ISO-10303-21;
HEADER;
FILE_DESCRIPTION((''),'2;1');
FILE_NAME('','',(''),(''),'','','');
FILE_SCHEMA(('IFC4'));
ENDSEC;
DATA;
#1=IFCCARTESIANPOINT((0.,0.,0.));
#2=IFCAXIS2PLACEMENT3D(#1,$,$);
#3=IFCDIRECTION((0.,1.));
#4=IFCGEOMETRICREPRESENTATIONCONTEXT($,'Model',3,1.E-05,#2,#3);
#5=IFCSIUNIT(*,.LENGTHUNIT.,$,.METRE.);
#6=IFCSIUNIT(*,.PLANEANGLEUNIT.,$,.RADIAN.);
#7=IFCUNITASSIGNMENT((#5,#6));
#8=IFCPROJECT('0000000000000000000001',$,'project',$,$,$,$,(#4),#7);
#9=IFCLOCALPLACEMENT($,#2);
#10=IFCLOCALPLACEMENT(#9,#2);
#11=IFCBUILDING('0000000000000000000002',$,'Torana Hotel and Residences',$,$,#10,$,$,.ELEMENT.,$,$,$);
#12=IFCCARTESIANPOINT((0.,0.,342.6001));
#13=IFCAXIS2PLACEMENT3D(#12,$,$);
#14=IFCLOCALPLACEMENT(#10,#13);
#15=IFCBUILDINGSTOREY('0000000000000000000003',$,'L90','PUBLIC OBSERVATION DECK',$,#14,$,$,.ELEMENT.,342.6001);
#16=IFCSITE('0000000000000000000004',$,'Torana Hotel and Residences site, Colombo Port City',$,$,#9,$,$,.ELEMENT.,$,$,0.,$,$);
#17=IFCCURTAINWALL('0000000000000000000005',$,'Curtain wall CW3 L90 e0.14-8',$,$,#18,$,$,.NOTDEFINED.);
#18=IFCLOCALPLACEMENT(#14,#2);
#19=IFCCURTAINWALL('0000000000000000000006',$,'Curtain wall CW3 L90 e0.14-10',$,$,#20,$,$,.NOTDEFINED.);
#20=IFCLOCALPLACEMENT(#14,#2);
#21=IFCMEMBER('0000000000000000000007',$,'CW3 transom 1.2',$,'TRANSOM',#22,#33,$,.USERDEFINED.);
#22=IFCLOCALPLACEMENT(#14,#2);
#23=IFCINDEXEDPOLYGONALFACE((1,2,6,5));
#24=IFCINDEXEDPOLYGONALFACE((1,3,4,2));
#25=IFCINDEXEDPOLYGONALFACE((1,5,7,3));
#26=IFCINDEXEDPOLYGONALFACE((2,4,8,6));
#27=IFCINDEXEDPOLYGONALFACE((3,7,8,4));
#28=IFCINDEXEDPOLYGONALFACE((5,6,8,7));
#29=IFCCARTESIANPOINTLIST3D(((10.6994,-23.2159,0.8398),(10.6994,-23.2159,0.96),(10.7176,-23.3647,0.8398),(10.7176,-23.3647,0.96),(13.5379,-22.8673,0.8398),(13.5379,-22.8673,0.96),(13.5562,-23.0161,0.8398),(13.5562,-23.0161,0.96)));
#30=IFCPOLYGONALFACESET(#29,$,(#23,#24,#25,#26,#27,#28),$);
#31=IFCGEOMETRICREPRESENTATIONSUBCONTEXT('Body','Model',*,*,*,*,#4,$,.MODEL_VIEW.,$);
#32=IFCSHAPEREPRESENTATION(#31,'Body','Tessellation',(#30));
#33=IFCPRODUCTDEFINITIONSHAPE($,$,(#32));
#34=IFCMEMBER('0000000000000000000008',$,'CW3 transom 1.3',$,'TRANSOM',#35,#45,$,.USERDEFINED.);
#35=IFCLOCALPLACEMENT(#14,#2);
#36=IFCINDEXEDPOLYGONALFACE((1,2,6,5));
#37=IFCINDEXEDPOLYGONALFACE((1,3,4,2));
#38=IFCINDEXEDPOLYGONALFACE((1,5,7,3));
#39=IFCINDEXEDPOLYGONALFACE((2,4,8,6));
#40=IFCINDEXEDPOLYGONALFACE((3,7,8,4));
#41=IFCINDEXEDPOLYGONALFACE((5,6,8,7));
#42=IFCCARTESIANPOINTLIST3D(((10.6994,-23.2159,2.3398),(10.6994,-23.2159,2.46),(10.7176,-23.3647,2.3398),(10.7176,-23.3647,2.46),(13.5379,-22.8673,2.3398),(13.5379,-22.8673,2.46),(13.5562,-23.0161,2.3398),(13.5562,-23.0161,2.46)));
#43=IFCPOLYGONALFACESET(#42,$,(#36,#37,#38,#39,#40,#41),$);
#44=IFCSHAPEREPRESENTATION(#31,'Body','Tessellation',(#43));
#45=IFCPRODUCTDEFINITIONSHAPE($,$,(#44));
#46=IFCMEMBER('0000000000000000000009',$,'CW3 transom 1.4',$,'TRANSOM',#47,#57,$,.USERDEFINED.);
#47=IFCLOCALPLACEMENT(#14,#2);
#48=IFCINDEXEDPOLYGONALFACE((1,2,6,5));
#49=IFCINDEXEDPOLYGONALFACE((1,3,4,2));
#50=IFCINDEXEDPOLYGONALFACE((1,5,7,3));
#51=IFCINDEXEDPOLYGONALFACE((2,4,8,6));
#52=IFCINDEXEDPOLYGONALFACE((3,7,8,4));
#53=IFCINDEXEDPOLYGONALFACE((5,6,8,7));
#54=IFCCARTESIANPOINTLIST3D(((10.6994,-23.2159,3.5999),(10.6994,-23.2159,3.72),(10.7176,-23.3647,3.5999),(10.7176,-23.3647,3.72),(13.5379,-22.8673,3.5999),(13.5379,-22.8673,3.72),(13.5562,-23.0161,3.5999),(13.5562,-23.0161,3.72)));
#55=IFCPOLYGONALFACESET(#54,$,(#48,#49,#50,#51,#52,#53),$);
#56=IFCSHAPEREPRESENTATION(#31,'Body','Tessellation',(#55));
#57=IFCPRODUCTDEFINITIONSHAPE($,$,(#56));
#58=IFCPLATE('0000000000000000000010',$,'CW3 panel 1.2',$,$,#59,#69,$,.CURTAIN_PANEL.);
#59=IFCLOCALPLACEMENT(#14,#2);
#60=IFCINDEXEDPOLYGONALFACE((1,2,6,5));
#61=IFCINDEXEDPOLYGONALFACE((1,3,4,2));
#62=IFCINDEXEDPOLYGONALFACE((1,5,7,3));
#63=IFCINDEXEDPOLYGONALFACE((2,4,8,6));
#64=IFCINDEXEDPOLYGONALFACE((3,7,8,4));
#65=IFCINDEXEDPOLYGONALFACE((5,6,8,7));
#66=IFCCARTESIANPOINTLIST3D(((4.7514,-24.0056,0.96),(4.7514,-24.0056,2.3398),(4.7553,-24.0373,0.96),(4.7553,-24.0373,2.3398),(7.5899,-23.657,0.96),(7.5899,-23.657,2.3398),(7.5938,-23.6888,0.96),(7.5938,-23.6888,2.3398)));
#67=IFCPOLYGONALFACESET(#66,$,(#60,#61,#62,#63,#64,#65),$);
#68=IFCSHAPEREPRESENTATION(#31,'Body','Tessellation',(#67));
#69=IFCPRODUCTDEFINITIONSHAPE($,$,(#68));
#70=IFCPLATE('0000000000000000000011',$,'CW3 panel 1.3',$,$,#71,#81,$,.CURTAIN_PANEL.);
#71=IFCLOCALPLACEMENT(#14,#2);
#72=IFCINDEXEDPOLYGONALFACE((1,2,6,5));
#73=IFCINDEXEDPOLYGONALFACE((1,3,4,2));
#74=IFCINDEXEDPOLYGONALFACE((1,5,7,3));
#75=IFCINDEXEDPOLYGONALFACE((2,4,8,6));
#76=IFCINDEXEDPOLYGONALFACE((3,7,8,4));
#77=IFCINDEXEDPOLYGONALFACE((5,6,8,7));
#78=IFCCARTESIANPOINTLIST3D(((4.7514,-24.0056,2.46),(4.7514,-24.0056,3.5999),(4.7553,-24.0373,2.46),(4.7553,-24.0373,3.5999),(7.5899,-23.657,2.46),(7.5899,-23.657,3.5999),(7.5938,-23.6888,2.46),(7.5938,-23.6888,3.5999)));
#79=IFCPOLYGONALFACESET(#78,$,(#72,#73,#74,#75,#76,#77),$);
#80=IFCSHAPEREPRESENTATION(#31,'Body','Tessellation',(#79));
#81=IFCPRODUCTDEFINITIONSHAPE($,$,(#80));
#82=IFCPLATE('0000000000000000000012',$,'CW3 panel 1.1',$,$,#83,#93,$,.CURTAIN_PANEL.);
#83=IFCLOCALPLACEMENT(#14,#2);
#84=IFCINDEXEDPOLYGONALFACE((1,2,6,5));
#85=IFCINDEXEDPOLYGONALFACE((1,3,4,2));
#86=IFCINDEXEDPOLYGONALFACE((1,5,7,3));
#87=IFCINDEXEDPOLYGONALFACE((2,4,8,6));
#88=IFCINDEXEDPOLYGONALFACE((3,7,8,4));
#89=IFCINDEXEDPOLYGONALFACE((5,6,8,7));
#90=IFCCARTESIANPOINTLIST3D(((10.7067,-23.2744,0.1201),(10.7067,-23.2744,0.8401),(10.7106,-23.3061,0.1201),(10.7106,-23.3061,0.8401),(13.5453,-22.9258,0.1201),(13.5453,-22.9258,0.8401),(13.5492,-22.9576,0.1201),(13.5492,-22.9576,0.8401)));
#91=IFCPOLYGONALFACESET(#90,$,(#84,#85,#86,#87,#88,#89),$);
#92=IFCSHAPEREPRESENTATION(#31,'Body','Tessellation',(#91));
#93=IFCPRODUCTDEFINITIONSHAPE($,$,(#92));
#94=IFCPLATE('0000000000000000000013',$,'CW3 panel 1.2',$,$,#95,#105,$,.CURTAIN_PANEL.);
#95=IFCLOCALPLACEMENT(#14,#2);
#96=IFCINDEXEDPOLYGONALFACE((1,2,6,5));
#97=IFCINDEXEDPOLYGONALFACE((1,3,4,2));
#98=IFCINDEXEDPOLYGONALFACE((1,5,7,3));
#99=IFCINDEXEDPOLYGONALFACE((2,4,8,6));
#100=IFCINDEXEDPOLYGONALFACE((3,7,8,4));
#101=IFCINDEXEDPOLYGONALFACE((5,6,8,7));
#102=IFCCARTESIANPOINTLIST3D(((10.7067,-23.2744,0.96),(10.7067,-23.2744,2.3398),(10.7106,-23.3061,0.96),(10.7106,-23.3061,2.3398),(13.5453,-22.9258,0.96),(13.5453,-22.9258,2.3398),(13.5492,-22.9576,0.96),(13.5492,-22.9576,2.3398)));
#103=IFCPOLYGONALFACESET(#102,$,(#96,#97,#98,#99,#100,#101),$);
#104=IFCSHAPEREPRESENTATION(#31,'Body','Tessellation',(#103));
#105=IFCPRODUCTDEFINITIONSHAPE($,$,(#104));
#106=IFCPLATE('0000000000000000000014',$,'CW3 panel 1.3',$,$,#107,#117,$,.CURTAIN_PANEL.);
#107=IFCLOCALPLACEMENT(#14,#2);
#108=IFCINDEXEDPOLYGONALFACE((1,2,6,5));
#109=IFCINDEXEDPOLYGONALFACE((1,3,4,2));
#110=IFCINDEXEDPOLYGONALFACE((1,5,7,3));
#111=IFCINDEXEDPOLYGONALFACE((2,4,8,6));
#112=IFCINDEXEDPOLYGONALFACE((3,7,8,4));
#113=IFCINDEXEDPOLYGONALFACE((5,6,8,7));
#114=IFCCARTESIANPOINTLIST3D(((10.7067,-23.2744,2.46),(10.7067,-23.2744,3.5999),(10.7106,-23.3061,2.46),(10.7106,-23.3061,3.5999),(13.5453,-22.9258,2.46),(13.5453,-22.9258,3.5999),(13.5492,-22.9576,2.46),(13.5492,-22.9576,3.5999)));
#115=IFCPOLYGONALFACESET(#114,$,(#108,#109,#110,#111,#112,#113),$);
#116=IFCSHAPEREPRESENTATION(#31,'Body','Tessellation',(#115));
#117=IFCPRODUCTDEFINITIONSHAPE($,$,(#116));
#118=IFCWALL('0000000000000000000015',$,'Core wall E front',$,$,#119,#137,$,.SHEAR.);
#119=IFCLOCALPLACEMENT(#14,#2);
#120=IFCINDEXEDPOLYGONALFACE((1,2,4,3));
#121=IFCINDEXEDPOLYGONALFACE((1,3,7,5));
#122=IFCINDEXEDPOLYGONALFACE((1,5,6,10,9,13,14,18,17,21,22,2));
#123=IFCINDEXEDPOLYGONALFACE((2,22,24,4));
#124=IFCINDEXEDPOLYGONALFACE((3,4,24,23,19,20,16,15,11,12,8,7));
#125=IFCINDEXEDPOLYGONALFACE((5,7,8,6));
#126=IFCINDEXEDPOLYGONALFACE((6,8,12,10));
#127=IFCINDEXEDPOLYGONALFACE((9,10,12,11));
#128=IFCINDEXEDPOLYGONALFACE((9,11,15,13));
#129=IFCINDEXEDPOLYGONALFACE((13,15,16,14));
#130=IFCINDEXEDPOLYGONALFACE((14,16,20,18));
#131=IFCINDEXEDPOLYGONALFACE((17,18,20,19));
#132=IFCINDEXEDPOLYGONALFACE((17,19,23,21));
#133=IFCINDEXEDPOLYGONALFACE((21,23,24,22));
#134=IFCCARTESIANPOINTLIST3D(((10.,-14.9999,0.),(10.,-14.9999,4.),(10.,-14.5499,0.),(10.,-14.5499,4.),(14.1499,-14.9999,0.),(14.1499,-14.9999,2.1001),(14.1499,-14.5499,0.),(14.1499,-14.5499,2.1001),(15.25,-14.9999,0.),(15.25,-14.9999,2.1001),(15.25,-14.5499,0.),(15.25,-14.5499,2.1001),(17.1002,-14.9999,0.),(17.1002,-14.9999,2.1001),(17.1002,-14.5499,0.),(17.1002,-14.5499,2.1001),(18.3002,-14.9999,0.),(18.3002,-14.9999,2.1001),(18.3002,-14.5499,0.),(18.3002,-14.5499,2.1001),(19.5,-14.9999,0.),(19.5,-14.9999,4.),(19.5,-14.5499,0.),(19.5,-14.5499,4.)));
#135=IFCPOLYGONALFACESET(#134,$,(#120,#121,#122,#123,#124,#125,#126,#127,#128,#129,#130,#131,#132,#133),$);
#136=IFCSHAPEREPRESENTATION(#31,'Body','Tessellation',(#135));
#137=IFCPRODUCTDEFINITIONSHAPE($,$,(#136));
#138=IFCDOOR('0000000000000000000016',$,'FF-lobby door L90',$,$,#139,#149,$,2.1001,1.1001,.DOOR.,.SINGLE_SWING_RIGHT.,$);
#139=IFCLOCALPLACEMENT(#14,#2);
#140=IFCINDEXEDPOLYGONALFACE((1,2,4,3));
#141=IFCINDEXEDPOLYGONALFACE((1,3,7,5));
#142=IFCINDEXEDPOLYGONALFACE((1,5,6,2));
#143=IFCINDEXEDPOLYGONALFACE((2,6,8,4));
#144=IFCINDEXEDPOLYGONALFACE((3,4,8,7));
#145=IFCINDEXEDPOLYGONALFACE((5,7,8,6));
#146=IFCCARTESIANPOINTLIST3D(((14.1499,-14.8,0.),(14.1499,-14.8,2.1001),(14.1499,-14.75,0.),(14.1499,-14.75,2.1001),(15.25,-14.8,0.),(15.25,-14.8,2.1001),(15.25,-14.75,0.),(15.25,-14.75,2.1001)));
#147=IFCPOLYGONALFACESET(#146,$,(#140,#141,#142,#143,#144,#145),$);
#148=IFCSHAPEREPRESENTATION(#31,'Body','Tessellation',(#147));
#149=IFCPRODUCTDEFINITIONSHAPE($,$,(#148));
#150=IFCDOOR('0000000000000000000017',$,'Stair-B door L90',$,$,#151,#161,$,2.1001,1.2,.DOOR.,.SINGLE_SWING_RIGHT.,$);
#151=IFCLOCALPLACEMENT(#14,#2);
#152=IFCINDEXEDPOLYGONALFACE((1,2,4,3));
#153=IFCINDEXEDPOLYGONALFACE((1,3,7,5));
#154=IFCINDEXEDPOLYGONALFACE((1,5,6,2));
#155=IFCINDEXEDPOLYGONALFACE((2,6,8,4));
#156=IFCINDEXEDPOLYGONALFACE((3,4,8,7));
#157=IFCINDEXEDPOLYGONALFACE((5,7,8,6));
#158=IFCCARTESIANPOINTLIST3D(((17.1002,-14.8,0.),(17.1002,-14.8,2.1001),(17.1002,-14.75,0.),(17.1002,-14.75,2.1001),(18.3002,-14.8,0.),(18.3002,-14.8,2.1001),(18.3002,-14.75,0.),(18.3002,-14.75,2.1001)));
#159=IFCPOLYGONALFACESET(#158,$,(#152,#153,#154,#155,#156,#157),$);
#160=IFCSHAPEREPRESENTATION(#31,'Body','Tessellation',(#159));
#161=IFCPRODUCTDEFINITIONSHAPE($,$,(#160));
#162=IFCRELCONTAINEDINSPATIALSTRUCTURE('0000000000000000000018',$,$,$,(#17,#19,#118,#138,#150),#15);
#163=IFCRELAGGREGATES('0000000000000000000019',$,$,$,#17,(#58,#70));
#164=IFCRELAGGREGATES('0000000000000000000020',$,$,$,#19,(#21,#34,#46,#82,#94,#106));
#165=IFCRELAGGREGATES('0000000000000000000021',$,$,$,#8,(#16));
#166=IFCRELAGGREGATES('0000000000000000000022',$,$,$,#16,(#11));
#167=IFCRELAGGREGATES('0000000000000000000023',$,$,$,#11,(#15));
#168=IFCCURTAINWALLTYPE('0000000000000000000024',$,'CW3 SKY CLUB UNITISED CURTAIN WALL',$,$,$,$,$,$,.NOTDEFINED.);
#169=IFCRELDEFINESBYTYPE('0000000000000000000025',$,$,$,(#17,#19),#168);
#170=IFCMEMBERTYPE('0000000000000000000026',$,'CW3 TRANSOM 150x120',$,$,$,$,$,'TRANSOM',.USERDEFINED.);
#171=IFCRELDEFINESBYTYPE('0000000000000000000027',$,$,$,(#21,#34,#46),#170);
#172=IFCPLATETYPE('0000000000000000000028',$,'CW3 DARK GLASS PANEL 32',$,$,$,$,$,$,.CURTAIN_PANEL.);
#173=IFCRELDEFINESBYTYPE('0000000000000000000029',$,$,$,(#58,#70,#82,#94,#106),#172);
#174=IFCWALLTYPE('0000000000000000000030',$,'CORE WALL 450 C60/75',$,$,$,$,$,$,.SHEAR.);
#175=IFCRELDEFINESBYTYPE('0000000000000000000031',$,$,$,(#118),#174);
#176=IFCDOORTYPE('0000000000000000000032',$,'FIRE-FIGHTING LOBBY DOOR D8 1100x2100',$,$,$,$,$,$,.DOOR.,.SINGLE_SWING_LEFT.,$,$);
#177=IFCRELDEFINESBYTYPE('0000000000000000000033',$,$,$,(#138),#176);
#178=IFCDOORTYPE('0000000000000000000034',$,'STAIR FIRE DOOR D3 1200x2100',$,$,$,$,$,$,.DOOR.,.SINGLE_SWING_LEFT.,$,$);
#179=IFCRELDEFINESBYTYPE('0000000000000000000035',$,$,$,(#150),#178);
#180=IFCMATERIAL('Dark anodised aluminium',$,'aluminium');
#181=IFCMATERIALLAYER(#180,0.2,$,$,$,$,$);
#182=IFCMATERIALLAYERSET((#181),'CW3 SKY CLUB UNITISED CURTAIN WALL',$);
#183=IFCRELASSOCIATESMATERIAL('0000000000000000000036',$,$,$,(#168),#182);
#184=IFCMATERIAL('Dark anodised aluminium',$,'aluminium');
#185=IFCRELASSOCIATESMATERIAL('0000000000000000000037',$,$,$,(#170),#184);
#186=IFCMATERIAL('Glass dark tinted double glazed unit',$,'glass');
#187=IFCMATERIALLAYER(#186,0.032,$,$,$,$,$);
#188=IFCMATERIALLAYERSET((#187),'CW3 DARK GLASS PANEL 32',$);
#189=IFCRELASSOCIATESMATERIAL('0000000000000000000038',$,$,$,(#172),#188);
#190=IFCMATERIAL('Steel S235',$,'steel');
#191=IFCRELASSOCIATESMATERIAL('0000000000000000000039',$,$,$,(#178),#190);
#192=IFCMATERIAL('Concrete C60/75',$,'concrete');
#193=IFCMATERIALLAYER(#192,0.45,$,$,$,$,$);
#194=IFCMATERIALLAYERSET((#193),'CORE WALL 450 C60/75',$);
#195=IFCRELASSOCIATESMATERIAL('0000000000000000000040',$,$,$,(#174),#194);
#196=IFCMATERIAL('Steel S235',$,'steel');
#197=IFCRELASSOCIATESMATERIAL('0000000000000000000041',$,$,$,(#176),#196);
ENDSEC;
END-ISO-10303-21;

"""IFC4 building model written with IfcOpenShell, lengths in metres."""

from ifc_helpers import new_model, si_unit, direction, frame, frame_2d, origin, origin_2d, place, context, subcontext, project, spatial, rectangle, extrude, material, layer, layer_set, material_profile, profile_set, type_object, element, fill, aggregate, save


model = new_model("IFC4")

# Units and contexts
model_context = context("Model", 3, precision=1e-05, world=origin(), true_north=direction((0.0, 1.0)))
body_context = subcontext(model_context, "Body", "Model", "MODEL_VIEW")
ifc_project = project(units=[si_unit("LENGTHUNIT", "METRE"), si_unit("PLANEANGLEUNIT", "RADIAN")], contexts=[model_context])

# Site, building, storey
site_placement = place(None, origin())
site = spatial("IfcSite", under=ifc_project, at=site_placement, Name="Torana Hotel and Residences site, Colombo Port City", CompositionType="ELEMENT", RefElevation=0.0)
building_placement = place(site_placement, origin())
building = spatial("IfcBuilding", under=site, at=building_placement, Name="Torana Hotel and Residences", CompositionType="ELEMENT")
storey_placement = place(building_placement, frame((0.0, 0.0, 342.6001)))
storey = spatial("IfcBuildingStorey", under=building, at=storey_placement, Name="L90", Description="PUBLIC OBSERVATION DECK", CompositionType="ELEMENT", Elevation=342.6001)

# Curtain wall
ifc_material_1 = material(Name="Dark anodised aluminium", Category="aluminium")
ifc_layer_1 = layer(ifc_material_1, 0.2)
ifc_layer_set_1 = layer_set([ifc_layer_1], Name="CW3 SKY CLUB UNITISED CURTAIN WALL")
curtain_wall_type = type_object("IfcCurtainWallType", Name="CW3 SKY CLUB UNITISED CURTAIN WALL", PredefinedType="NOTDEFINED", material=ifc_layer_set_1)
curtain_wall_1_placement = place(storey_placement, origin())
curtain_wall_1 = element("IfcCurtainWall", 1, at=curtain_wall_1_placement, inside=storey, type_object=curtain_wall_type, Name="Curtain wall CW3 L90 e0.14-8", PredefinedType="NOTDEFINED")

# Curtain wall, members
curtain_wall_2_placement = place(storey_placement, origin())
curtain_wall_2 = element("IfcCurtainWall", 2, at=curtain_wall_2_placement, inside=storey, type_object=curtain_wall_type, Name="Curtain wall CW3 L90 e0.14-10", PredefinedType="NOTDEFINED")
ifc_material_2 = material(Name="Dark anodised aluminium", Category="aluminium")
ifc_material_profile_1 = material_profile(ifc_material_2, rectangle(XDim=0.1499, YDim=0.1201, at=origin_2d()), Name="CW3 TRANSOM 150x120")
ifc_profile_set_1 = profile_set([ifc_material_profile_1], Name="Dark anodised aluminium")
member_type_1 = type_object("IfcMemberType", Name="CW3 TRANSOM 150x120", ElementType="TRANSOM", PredefinedType="USERDEFINED", material=ifc_profile_set_1)
member_1_placement = place(storey_placement, frame((10.7085, -23.2903, 0.8999), z_axis=(0.992542, 0.121902, 0.0), x_axis=(-0.121902, 0.992542, 0.0)))
member_1 = element("IfcMember", 3, at=member_1_placement, type_object=member_type_1, Name="CW3 transom 1.2", ObjectType="TRANSOM", PredefinedType="USERDEFINED", context=body_context, shape_type="SweptSolid", body=[
    extrude(rectangle(XDim=0.1499, YDim=0.1201, at=origin_2d()), origin(), (0.0, 0.0, 1.0), 2.8599),
])
member_2_placement = place(storey_placement, frame((10.7085, -23.2903, 2.3999), z_axis=(0.992542, 0.121902, 0.0), x_axis=(-0.121902, 0.992542, 0.0)))
member_2 = element("IfcMember", 4, at=member_2_placement, type_object=member_type_1, Name="CW3 transom 1.3", ObjectType="TRANSOM", PredefinedType="USERDEFINED", context=body_context, shape_type="SweptSolid", body=[
    extrude(rectangle(XDim=0.1499, YDim=0.1201, at=origin_2d()), origin(), (0.0, 0.0, 1.0), 2.8599),
])
member_3_placement = place(storey_placement, frame((10.7085, -23.2903, 3.6599), z_axis=(0.992542, 0.121902, 0.0), x_axis=(-0.121902, 0.992542, 0.0)))
member_3 = element("IfcMember", 5, at=member_3_placement, type_object=member_type_1, Name="CW3 transom 1.4", ObjectType="TRANSOM", PredefinedType="USERDEFINED", context=body_context, shape_type="SweptSolid", body=[
    extrude(rectangle(XDim=0.1499, YDim=0.1201, at=origin_2d()), origin(), (0.0, 0.0, 1.0), 2.8599),
])

# Plates
ifc_material_3 = material(Name="Glass dark tinted double glazed unit", Category="glass")
ifc_layer_2 = layer(ifc_material_3, 0.032)
ifc_layer_set_2 = layer_set([ifc_layer_2], Name="CW3 DARK GLASS PANEL 32")
plate_type = type_object("IfcPlateType", Name="CW3 DARK GLASS PANEL 32", PredefinedType="CURTAIN_PANEL", material=ifc_layer_set_2)
plate_1_placement = place(storey_placement, frame((6.1726, -23.8472, 0.96), z_axis=(0.0, 0.0, 1.0), x_axis=(0.992546, 0.121868, 0.0)))
plate_1 = element("IfcPlate", 6, at=plate_1_placement, type_object=plate_type, Name="CW3 panel 1.2", PredefinedType="CURTAIN_PANEL", context=body_context, shape_type="SweptSolid", body=[
    extrude(rectangle(XDim=2.8599, YDim=0.032, at=origin_2d()), origin(), (0.0, 0.0, 1.0), 1.3799),
])
plate_2_placement = place(storey_placement, frame((6.1726, -23.8472, 2.46), z_axis=(0.0, 0.0, 1.0), x_axis=(0.992546, 0.121868, 0.0)))
plate_2 = element("IfcPlate", 7, at=plate_2_placement, type_object=plate_type, Name="CW3 panel 1.3", PredefinedType="CURTAIN_PANEL", context=body_context, shape_type="SweptSolid", body=[
    extrude(rectangle(XDim=2.8599, YDim=0.032, at=origin_2d()), origin(), (0.0, 0.0, 1.0), 1.1399),
])
aggregate(curtain_wall_1, [plate_1, plate_2])
plate_3_placement = place(storey_placement, frame((12.1279, -23.116, 0.1201), z_axis=(0.0, 0.0, 1.0), x_axis=(0.992546, 0.121868, 0.0)))
plate_3 = element("IfcPlate", 8, at=plate_3_placement, type_object=plate_type, Name="CW3 panel 1.1", PredefinedType="CURTAIN_PANEL", context=body_context, shape_type="SweptSolid", body=[
    extrude(rectangle(XDim=2.8599, YDim=0.032, at=origin_2d()), origin(), (0.0, 0.0, 1.0), 0.72),
])
plate_4_placement = place(storey_placement, frame((12.1279, -23.116, 0.96), z_axis=(0.0, 0.0, 1.0), x_axis=(0.992546, 0.121868, 0.0)))
plate_4 = element("IfcPlate", 9, at=plate_4_placement, type_object=plate_type, Name="CW3 panel 1.2", PredefinedType="CURTAIN_PANEL", context=body_context, shape_type="SweptSolid", body=[
    extrude(rectangle(XDim=2.8599, YDim=0.032, at=origin_2d()), origin(), (0.0, 0.0, 1.0), 1.3799),
])
plate_5_placement = place(storey_placement, frame((12.1279, -23.116, 2.46), z_axis=(0.0, 0.0, 1.0), x_axis=(0.992546, 0.121868, 0.0)))
plate_5 = element("IfcPlate", 10, at=plate_5_placement, type_object=plate_type, Name="CW3 panel 1.3", PredefinedType="CURTAIN_PANEL", context=body_context, shape_type="SweptSolid", body=[
    extrude(rectangle(XDim=2.8599, YDim=0.032, at=origin_2d()), origin(), (0.0, 0.0, 1.0), 1.1399),
])
aggregate(curtain_wall_2, [member_1, member_2, member_3, plate_3, plate_4, plate_5])

# Wall, openings, doors
ifc_material_4 = material(Name="Steel S235", Category="steel")
door_type_1 = type_object("IfcDoorType", Name="STAIR FIRE DOOR D3 1200x2100", OperationType="SINGLE_SWING_LEFT", PredefinedType="DOOR", material=ifc_material_4)
ifc_material_5 = material(Name="Concrete C60/75", Category="concrete")
ifc_layer_3 = layer(ifc_material_5, 0.45)
ifc_layer_set_3 = layer_set([ifc_layer_3], Name="CORE WALL 450 C60/75")
wall_type_1 = type_object("IfcWallType", Name="CORE WALL 450 C60/75", PredefinedType="SHEAR", material=ifc_layer_set_3)
wall_1_placement = place(storey_placement, frame((10.0, -14.7749, 0.0), z_axis=(0.0, 0.0, 1.0), x_axis=(1.0, 0.0, 0.0)))
wall_1 = element("IfcWall", 11, at=wall_1_placement, inside=storey, type_object=wall_type_1, Name="Core wall E front", PredefinedType="SHEAR", context=body_context, shape_type="SweptSolid", body=[
    extrude(rectangle(XDim=9.5, YDim=0.45, at=frame_2d((4.75, 0.0))), origin(), (0.0, 0.0, 1.0), 4.0),
])
opening_1_placement = place(wall_1_placement, frame((7.1001, 0.0, 0.0)))
opening_1 = element("IfcOpeningElement", 12, at=opening_1_placement, cuts=wall_1, PredefinedType="OPENING", context=body_context, shape_type="SweptSolid", body=[
    extrude(rectangle(XDim=1.2, YDim=2.1001, at=frame_2d((0.6001, 1.05))), frame((0.0, 0.2349, 0.0), z_axis=(0.0, -1.0, 0.0), x_axis=(1.0, 0.0, 0.0)), (0.0, 0.0, 1.0), 0.47),
])
opening_2_placement = place(wall_1_placement, frame((4.1499, 0.0, 0.0)))
opening_2 = element("IfcOpeningElement", 13, at=opening_2_placement, cuts=wall_1, PredefinedType="OPENING", context=body_context, shape_type="SweptSolid", body=[
    extrude(rectangle(XDim=1.1001, YDim=2.1001, at=frame_2d((0.55, 1.05))), frame((0.0, 0.2349, 0.0), z_axis=(0.0, -1.0, 0.0), x_axis=(1.0, 0.0, 0.0)), (0.0, 0.0, 1.0), 0.47),
])
ifc_material_6 = material(Name="Steel S235", Category="steel")
door_type_2 = type_object("IfcDoorType", Name="FIRE-FIGHTING LOBBY DOOR D8 1100x2100", OperationType="SINGLE_SWING_LEFT", PredefinedType="DOOR", material=ifc_material_6)
door_1_placement = place(opening_2_placement, origin())
door_1 = element("IfcDoor", 14, at=door_1_placement, inside=storey, type_object=door_type_2, Name="FF-lobby door L90", OperationType="SINGLE_SWING_RIGHT", OverallHeight=2.1001, OverallWidth=1.1001, PredefinedType="DOOR", context=body_context, shape_type="SweptSolid", body=[
    extrude(rectangle(XDim=1.1001, YDim=2.1001, at=frame_2d((0.55, 1.05))), frame((0.0, 0.0249, 0.0), z_axis=(0.0, -1.0, 0.0), x_axis=(1.0, 0.0, 0.0)), (0.0, 0.0, 1.0), 0.05),
])
fill(opening_2, door_1)
door_2_placement = place(opening_1_placement, origin())
door_2 = element("IfcDoor", 15, at=door_2_placement, inside=storey, type_object=door_type_1, Name="Stair-B door L90", OperationType="SINGLE_SWING_RIGHT", OverallHeight=2.1001, OverallWidth=1.2, PredefinedType="DOOR", context=body_context, shape_type="SweptSolid", body=[
    extrude(rectangle(XDim=1.2, YDim=2.1001, at=frame_2d((0.6001, 1.05))), frame((0.0, 0.0249, 0.0), z_axis=(0.0, -1.0, 0.0), x_axis=(1.0, 0.0, 0.0)), (0.0, 0.0, 1.0), 0.05),
])
fill(opening_1, door_2)

save(model, "model.ifc")
